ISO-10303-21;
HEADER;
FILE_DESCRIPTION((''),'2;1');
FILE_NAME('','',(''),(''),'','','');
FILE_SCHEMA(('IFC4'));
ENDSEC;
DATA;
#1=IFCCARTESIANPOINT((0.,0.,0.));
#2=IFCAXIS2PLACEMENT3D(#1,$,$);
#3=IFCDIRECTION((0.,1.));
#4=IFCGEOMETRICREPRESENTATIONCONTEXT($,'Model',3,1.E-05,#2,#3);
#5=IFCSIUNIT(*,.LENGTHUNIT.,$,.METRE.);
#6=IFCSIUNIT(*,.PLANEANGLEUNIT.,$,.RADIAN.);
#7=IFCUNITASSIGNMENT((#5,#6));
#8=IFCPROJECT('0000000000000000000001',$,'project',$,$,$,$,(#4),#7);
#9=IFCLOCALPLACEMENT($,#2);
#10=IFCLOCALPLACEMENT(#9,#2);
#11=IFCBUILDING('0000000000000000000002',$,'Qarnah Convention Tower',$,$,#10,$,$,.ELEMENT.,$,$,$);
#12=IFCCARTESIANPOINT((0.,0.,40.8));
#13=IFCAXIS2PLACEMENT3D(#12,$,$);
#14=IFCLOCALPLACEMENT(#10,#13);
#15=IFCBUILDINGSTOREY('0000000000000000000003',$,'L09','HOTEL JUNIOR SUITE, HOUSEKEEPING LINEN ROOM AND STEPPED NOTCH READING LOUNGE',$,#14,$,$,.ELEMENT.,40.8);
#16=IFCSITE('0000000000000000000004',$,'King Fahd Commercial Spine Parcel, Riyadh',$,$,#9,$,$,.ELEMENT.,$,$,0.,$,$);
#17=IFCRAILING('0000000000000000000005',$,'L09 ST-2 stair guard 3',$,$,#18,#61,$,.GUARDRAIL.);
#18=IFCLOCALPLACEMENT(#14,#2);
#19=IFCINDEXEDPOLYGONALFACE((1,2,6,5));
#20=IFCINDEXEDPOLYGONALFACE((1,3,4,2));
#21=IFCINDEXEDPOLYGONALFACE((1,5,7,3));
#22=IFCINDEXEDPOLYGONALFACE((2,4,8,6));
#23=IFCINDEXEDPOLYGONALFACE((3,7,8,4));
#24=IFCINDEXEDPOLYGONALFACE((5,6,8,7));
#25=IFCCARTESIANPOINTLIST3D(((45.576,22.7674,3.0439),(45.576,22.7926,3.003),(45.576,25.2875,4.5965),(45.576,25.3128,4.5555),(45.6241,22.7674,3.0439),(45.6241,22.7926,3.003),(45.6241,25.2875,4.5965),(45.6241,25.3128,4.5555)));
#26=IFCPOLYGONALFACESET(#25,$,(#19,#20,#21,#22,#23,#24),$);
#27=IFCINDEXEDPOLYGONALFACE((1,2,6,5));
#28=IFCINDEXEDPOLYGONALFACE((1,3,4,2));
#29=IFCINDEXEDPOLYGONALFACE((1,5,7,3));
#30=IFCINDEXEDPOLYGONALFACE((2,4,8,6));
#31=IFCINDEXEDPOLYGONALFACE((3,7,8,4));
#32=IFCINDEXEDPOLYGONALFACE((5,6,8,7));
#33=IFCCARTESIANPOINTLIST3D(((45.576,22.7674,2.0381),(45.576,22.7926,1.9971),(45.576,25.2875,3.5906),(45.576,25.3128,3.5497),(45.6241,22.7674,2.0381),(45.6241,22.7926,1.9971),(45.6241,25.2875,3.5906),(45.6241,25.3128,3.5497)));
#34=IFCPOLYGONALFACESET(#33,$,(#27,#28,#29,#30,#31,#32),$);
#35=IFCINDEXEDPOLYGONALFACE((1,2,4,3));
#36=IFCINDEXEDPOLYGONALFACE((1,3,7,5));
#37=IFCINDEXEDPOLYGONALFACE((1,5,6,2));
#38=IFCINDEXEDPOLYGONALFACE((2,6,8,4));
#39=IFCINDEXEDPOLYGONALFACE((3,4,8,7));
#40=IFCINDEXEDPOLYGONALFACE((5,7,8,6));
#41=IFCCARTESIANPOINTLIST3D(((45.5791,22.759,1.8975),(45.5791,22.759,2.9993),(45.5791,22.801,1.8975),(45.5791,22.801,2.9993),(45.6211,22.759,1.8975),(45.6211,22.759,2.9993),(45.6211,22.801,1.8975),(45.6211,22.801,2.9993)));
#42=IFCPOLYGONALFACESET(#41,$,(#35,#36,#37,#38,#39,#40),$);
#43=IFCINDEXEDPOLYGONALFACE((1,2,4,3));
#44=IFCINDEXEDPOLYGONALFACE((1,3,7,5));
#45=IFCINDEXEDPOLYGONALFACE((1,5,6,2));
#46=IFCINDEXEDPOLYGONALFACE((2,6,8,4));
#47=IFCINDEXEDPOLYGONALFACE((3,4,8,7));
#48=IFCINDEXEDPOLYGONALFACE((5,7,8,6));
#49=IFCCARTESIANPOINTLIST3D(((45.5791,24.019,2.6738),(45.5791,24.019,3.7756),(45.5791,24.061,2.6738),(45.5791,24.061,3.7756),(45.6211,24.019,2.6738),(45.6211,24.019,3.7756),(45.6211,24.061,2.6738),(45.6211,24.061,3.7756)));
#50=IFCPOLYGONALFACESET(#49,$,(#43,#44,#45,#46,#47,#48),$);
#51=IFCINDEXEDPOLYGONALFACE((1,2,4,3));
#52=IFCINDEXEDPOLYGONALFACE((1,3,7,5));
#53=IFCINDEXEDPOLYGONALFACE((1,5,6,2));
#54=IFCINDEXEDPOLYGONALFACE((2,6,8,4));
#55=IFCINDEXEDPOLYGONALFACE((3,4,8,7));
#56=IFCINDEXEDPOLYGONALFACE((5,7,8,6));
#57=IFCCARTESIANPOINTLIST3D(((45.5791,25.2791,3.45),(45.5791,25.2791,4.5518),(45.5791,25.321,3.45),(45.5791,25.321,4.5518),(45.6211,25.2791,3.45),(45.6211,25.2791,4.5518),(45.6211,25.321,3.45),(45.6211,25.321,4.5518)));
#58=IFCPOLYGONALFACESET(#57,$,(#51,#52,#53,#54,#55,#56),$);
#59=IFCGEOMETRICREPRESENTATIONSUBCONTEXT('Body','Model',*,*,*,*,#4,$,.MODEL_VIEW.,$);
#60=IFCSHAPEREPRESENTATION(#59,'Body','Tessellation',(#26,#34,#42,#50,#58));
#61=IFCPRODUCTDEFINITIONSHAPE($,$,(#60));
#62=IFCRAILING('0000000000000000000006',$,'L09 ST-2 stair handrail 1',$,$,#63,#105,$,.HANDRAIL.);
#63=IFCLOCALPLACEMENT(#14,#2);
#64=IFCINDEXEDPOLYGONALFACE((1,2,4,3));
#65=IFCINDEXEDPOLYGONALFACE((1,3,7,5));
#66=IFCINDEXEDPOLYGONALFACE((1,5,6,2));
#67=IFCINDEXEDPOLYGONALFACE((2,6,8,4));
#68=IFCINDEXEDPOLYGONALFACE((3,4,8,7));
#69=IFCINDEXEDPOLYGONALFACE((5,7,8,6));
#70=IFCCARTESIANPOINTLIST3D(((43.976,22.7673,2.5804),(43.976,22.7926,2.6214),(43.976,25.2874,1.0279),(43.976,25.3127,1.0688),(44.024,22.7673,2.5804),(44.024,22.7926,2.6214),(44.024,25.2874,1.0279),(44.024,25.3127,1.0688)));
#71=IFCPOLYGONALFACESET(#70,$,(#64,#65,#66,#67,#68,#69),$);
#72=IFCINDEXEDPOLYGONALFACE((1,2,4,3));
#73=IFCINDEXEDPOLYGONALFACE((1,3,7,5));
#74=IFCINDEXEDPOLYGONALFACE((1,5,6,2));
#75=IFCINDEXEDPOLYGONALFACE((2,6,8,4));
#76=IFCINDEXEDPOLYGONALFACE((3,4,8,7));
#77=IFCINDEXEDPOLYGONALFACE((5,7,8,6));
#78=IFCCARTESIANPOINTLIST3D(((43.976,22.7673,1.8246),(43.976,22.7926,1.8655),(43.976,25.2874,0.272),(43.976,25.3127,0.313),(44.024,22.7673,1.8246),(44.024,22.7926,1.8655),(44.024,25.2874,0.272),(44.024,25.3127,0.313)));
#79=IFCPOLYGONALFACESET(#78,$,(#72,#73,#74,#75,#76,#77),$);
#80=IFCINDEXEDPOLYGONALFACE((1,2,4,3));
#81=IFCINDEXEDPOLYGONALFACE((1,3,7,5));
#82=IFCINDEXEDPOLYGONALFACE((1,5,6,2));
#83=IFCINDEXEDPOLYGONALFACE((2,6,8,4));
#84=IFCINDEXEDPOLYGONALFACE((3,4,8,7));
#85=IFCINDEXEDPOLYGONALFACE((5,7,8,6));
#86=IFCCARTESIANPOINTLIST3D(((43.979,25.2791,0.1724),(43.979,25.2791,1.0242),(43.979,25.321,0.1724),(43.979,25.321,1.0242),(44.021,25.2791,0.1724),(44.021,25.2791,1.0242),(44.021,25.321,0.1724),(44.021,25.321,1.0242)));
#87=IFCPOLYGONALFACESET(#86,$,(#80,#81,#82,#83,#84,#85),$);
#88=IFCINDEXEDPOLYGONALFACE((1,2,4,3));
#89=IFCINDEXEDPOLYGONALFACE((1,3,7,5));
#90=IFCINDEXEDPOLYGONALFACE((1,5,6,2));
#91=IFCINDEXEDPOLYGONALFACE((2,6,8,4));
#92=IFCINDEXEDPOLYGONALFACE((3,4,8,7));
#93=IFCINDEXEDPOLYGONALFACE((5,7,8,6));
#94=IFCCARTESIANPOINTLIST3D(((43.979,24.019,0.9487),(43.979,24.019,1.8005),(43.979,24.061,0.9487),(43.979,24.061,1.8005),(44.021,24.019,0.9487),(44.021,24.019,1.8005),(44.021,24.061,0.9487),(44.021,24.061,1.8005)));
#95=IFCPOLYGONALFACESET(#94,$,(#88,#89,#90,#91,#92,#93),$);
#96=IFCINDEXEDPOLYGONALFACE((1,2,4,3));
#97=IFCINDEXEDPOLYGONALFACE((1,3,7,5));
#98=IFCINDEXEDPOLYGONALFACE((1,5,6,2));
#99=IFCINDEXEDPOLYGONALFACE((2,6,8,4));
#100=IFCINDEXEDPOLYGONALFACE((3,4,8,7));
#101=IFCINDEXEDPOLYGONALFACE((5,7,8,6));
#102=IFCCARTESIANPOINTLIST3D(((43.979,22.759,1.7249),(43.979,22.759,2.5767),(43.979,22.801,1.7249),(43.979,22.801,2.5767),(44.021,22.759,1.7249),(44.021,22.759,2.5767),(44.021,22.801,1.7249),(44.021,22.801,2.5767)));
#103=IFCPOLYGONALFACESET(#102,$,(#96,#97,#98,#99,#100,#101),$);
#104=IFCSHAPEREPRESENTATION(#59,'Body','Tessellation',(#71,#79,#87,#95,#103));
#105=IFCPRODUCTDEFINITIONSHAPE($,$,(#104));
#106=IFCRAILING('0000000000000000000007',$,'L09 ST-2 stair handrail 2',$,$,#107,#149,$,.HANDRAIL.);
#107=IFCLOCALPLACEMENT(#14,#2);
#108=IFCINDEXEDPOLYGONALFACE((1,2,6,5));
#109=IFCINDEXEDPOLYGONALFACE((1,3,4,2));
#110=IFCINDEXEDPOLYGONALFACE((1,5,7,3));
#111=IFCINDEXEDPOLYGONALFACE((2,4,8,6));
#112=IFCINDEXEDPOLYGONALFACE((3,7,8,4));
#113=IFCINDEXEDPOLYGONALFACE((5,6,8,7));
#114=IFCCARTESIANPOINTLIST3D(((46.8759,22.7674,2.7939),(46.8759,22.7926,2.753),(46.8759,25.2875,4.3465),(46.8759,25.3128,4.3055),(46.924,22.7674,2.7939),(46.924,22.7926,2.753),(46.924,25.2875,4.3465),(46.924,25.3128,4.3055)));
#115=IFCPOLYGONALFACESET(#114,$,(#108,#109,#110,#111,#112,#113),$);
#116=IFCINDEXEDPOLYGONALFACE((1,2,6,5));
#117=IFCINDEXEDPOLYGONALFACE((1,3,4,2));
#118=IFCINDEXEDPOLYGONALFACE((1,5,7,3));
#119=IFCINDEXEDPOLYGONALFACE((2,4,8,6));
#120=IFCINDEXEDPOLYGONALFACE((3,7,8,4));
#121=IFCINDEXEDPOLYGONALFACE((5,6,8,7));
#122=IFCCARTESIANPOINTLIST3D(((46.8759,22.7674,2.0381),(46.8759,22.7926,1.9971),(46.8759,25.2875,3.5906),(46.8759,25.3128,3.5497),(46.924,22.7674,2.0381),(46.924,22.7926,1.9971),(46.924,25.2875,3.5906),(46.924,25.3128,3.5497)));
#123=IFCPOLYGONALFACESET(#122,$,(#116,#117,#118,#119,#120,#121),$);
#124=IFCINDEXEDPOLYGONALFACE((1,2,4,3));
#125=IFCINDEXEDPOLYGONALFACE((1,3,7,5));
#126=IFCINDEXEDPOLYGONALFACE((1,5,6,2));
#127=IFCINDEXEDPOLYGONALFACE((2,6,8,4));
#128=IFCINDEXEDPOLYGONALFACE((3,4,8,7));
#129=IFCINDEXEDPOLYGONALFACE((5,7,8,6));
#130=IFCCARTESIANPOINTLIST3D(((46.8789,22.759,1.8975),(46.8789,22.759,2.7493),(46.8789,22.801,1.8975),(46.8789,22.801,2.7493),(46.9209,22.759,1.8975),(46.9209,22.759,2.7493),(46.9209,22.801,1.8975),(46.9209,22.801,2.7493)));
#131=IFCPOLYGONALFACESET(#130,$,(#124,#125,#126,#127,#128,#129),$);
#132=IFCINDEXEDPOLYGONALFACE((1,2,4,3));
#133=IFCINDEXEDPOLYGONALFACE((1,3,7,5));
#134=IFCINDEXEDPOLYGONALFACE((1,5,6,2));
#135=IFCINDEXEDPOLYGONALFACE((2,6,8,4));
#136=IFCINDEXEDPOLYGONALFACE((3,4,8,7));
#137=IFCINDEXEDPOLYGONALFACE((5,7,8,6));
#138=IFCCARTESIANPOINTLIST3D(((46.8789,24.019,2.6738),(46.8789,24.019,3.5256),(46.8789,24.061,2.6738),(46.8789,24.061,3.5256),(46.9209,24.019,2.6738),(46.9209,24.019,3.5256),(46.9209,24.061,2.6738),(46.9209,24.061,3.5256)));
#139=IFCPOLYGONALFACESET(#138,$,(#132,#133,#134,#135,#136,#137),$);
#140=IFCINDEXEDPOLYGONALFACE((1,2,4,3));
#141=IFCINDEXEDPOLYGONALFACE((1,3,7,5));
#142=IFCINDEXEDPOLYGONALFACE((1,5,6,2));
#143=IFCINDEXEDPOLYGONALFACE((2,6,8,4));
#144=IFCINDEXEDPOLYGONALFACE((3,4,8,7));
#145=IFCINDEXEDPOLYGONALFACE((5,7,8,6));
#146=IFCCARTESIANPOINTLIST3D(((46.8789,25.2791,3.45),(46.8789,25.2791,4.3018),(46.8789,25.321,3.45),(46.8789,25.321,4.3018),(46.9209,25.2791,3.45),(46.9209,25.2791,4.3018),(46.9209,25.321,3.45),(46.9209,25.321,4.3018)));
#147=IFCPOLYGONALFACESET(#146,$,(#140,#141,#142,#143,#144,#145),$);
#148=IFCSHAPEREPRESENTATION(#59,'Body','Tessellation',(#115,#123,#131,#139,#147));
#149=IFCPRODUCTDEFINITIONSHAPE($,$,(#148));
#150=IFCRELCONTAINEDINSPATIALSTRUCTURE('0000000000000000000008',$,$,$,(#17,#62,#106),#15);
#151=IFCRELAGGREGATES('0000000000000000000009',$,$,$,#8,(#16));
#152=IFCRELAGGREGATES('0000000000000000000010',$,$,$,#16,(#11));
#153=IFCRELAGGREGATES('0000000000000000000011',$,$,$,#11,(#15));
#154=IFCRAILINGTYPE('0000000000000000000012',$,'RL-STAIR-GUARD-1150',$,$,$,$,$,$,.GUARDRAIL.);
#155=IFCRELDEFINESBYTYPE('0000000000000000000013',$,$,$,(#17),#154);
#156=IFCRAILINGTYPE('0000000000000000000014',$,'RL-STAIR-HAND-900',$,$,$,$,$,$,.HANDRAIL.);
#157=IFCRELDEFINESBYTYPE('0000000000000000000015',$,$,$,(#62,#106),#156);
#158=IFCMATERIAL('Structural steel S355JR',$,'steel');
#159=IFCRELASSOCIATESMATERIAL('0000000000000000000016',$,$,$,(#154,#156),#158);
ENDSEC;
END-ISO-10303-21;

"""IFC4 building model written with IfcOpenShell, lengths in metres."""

from ifc_helpers import new_model, si_unit, direction, frame, origin, origin_2d, place, context, subcontext, project, spatial, rectangle, extrude, material, type_object, element, save


model = new_model("IFC4")

# Units and contexts
model_context = context("Model", 3, precision=1e-05, world=origin(), true_north=direction((0.0, 1.0)))
body_context = subcontext(model_context, "Body", "Model", "MODEL_VIEW")
ifc_project = project(units=[si_unit("LENGTHUNIT", "METRE"), si_unit("PLANEANGLEUNIT", "RADIAN")], contexts=[model_context])

# Site, building, storey
site_placement = place(None, origin())
site = spatial("IfcSite", under=ifc_project, at=site_placement, Name="King Fahd Commercial Spine Parcel, Riyadh", CompositionType="ELEMENT", RefElevation=0.0)
building_placement = place(site_placement, origin())
building = spatial("IfcBuilding", under=site, at=building_placement, Name="Qarnah Convention Tower", CompositionType="ELEMENT")
storey_placement = place(building_placement, frame((0.0, 0.0, 40.8)))
storey = spatial("IfcBuildingStorey", under=building, at=storey_placement, Name="L09", Description="HOTEL JUNIOR SUITE, HOUSEKEEPING LINEN ROOM AND STEPPED NOTCH READING LOUNGE", CompositionType="ELEMENT", Elevation=40.8)

# Shared definitions
ifc_material_1 = material(Name="Structural steel S355JR", Category="steel")

# Railings
railing_type_1 = type_object("IfcRailingType", Name="RL-STAIR-GUARD-1150", PredefinedType="GUARDRAIL", material=ifc_material_1)
railing_1_placement = place(storey_placement, frame((45.6001, 22.78, 1.8975)))
element("IfcRailing", 1, at=railing_1_placement, inside=storey, type_object=railing_type_1, Name="L09 ST-2 stair guard 3", PredefinedType="GUARDRAIL", context=body_context, shape_type="SweptSolid", body=[
    extrude(rectangle(XDim=0.0481, YDim=0.0481, at=origin_2d()), frame((0.0, 0.0, 1.126), z_axis=(0.0, 0.8514, 0.524516), x_axis=(-1.0, 0.0, 0.0)), (0.0, 0.0, 1.0), 2.96),
    extrude(rectangle(XDim=0.0481, YDim=0.0481, at=origin_2d()), frame((0.0, 0.0, 0.1201), z_axis=(0.0, 0.8514, 0.524516), x_axis=(-1.0, 0.0, 0.0)), (0.0, 0.0, 1.0), 2.96),
    extrude(rectangle(XDim=0.042, YDim=0.042, at=origin_2d()), origin(), (0.0, 0.0, 1.0), 1.1018),
    extrude(rectangle(XDim=0.042, YDim=0.042, at=origin_2d()), frame((0.0, 1.26, 0.7764)), (0.0, 0.0, 1.0), 1.1018),
    extrude(rectangle(XDim=0.042, YDim=0.042, at=origin_2d()), frame((0.0, 2.52, 1.5525)), (0.0, 0.0, 1.0), 1.1018),
])
railing_type_2 = type_object("IfcRailingType", Name="RL-STAIR-HAND-900", PredefinedType="HANDRAIL", material=ifc_material_1)
railing_2_placement = place(storey_placement, frame((44.0, 25.3, 0.1724)))
element("IfcRailing", 2, at=railing_2_placement, inside=storey, type_object=railing_type_2, Name="L09 ST-2 stair handrail 1", PredefinedType="HANDRAIL", context=body_context, shape_type="SweptSolid", body=[
    extrude(rectangle(XDim=0.0481, YDim=0.0481, at=origin_2d()), frame((0.0, 0.0, 0.876), z_axis=(0.0, -0.8514, 0.524516), x_axis=(1.0, 0.0, 0.0)), (0.0, 0.0, 1.0), 2.96),
    extrude(rectangle(XDim=0.0481, YDim=0.0481, at=origin_2d()), frame((0.0, 0.0, 0.1201), z_axis=(0.0, -0.8514, 0.524516), x_axis=(1.0, 0.0, 0.0)), (0.0, 0.0, 1.0), 2.96),
    extrude(rectangle(XDim=0.042, YDim=0.042, at=origin_2d()), origin(), (0.0, 0.0, 1.0), 0.8518),
    extrude(rectangle(XDim=0.042, YDim=0.042, at=origin_2d()), frame((0.0, -1.26, 0.7764)), (0.0, 0.0, 1.0), 0.8518),
    extrude(rectangle(XDim=0.042, YDim=0.042, at=origin_2d()), frame((0.0, -2.52, 1.5525)), (0.0, 0.0, 1.0), 0.8518),
])
railing_3_placement = place(storey_placement, frame((46.8999, 22.78, 1.8975)))
element("IfcRailing", 3, at=railing_3_placement, inside=storey, type_object=railing_type_2, Name="L09 ST-2 stair handrail 2", PredefinedType="HANDRAIL", context=body_context, shape_type="SweptSolid", body=[
    extrude(rectangle(XDim=0.0481, YDim=0.0481, at=origin_2d()), frame((0.0, 0.0, 0.876), z_axis=(0.0, 0.8514, 0.524516), x_axis=(-1.0, 0.0, 0.0)), (0.0, 0.0, 1.0), 2.96),
    extrude(rectangle(XDim=0.0481, YDim=0.0481, at=origin_2d()), frame((0.0, 0.0, 0.1201), z_axis=(0.0, 0.8514, 0.524516), x_axis=(-1.0, 0.0, 0.0)), (0.0, 0.0, 1.0), 2.96),
    extrude(rectangle(XDim=0.042, YDim=0.042, at=origin_2d()), origin(), (0.0, 0.0, 1.0), 0.8518),
    extrude(rectangle(XDim=0.042, YDim=0.042, at=origin_2d()), frame((0.0, 1.26, 0.7764)), (0.0, 0.0, 1.0), 0.8518),
    extrude(rectangle(XDim=0.042, YDim=0.042, at=origin_2d()), frame((0.0, 2.52, 1.5525)), (0.0, 0.0, 1.0), 0.8518),
])

save(model, "model.ifc")
